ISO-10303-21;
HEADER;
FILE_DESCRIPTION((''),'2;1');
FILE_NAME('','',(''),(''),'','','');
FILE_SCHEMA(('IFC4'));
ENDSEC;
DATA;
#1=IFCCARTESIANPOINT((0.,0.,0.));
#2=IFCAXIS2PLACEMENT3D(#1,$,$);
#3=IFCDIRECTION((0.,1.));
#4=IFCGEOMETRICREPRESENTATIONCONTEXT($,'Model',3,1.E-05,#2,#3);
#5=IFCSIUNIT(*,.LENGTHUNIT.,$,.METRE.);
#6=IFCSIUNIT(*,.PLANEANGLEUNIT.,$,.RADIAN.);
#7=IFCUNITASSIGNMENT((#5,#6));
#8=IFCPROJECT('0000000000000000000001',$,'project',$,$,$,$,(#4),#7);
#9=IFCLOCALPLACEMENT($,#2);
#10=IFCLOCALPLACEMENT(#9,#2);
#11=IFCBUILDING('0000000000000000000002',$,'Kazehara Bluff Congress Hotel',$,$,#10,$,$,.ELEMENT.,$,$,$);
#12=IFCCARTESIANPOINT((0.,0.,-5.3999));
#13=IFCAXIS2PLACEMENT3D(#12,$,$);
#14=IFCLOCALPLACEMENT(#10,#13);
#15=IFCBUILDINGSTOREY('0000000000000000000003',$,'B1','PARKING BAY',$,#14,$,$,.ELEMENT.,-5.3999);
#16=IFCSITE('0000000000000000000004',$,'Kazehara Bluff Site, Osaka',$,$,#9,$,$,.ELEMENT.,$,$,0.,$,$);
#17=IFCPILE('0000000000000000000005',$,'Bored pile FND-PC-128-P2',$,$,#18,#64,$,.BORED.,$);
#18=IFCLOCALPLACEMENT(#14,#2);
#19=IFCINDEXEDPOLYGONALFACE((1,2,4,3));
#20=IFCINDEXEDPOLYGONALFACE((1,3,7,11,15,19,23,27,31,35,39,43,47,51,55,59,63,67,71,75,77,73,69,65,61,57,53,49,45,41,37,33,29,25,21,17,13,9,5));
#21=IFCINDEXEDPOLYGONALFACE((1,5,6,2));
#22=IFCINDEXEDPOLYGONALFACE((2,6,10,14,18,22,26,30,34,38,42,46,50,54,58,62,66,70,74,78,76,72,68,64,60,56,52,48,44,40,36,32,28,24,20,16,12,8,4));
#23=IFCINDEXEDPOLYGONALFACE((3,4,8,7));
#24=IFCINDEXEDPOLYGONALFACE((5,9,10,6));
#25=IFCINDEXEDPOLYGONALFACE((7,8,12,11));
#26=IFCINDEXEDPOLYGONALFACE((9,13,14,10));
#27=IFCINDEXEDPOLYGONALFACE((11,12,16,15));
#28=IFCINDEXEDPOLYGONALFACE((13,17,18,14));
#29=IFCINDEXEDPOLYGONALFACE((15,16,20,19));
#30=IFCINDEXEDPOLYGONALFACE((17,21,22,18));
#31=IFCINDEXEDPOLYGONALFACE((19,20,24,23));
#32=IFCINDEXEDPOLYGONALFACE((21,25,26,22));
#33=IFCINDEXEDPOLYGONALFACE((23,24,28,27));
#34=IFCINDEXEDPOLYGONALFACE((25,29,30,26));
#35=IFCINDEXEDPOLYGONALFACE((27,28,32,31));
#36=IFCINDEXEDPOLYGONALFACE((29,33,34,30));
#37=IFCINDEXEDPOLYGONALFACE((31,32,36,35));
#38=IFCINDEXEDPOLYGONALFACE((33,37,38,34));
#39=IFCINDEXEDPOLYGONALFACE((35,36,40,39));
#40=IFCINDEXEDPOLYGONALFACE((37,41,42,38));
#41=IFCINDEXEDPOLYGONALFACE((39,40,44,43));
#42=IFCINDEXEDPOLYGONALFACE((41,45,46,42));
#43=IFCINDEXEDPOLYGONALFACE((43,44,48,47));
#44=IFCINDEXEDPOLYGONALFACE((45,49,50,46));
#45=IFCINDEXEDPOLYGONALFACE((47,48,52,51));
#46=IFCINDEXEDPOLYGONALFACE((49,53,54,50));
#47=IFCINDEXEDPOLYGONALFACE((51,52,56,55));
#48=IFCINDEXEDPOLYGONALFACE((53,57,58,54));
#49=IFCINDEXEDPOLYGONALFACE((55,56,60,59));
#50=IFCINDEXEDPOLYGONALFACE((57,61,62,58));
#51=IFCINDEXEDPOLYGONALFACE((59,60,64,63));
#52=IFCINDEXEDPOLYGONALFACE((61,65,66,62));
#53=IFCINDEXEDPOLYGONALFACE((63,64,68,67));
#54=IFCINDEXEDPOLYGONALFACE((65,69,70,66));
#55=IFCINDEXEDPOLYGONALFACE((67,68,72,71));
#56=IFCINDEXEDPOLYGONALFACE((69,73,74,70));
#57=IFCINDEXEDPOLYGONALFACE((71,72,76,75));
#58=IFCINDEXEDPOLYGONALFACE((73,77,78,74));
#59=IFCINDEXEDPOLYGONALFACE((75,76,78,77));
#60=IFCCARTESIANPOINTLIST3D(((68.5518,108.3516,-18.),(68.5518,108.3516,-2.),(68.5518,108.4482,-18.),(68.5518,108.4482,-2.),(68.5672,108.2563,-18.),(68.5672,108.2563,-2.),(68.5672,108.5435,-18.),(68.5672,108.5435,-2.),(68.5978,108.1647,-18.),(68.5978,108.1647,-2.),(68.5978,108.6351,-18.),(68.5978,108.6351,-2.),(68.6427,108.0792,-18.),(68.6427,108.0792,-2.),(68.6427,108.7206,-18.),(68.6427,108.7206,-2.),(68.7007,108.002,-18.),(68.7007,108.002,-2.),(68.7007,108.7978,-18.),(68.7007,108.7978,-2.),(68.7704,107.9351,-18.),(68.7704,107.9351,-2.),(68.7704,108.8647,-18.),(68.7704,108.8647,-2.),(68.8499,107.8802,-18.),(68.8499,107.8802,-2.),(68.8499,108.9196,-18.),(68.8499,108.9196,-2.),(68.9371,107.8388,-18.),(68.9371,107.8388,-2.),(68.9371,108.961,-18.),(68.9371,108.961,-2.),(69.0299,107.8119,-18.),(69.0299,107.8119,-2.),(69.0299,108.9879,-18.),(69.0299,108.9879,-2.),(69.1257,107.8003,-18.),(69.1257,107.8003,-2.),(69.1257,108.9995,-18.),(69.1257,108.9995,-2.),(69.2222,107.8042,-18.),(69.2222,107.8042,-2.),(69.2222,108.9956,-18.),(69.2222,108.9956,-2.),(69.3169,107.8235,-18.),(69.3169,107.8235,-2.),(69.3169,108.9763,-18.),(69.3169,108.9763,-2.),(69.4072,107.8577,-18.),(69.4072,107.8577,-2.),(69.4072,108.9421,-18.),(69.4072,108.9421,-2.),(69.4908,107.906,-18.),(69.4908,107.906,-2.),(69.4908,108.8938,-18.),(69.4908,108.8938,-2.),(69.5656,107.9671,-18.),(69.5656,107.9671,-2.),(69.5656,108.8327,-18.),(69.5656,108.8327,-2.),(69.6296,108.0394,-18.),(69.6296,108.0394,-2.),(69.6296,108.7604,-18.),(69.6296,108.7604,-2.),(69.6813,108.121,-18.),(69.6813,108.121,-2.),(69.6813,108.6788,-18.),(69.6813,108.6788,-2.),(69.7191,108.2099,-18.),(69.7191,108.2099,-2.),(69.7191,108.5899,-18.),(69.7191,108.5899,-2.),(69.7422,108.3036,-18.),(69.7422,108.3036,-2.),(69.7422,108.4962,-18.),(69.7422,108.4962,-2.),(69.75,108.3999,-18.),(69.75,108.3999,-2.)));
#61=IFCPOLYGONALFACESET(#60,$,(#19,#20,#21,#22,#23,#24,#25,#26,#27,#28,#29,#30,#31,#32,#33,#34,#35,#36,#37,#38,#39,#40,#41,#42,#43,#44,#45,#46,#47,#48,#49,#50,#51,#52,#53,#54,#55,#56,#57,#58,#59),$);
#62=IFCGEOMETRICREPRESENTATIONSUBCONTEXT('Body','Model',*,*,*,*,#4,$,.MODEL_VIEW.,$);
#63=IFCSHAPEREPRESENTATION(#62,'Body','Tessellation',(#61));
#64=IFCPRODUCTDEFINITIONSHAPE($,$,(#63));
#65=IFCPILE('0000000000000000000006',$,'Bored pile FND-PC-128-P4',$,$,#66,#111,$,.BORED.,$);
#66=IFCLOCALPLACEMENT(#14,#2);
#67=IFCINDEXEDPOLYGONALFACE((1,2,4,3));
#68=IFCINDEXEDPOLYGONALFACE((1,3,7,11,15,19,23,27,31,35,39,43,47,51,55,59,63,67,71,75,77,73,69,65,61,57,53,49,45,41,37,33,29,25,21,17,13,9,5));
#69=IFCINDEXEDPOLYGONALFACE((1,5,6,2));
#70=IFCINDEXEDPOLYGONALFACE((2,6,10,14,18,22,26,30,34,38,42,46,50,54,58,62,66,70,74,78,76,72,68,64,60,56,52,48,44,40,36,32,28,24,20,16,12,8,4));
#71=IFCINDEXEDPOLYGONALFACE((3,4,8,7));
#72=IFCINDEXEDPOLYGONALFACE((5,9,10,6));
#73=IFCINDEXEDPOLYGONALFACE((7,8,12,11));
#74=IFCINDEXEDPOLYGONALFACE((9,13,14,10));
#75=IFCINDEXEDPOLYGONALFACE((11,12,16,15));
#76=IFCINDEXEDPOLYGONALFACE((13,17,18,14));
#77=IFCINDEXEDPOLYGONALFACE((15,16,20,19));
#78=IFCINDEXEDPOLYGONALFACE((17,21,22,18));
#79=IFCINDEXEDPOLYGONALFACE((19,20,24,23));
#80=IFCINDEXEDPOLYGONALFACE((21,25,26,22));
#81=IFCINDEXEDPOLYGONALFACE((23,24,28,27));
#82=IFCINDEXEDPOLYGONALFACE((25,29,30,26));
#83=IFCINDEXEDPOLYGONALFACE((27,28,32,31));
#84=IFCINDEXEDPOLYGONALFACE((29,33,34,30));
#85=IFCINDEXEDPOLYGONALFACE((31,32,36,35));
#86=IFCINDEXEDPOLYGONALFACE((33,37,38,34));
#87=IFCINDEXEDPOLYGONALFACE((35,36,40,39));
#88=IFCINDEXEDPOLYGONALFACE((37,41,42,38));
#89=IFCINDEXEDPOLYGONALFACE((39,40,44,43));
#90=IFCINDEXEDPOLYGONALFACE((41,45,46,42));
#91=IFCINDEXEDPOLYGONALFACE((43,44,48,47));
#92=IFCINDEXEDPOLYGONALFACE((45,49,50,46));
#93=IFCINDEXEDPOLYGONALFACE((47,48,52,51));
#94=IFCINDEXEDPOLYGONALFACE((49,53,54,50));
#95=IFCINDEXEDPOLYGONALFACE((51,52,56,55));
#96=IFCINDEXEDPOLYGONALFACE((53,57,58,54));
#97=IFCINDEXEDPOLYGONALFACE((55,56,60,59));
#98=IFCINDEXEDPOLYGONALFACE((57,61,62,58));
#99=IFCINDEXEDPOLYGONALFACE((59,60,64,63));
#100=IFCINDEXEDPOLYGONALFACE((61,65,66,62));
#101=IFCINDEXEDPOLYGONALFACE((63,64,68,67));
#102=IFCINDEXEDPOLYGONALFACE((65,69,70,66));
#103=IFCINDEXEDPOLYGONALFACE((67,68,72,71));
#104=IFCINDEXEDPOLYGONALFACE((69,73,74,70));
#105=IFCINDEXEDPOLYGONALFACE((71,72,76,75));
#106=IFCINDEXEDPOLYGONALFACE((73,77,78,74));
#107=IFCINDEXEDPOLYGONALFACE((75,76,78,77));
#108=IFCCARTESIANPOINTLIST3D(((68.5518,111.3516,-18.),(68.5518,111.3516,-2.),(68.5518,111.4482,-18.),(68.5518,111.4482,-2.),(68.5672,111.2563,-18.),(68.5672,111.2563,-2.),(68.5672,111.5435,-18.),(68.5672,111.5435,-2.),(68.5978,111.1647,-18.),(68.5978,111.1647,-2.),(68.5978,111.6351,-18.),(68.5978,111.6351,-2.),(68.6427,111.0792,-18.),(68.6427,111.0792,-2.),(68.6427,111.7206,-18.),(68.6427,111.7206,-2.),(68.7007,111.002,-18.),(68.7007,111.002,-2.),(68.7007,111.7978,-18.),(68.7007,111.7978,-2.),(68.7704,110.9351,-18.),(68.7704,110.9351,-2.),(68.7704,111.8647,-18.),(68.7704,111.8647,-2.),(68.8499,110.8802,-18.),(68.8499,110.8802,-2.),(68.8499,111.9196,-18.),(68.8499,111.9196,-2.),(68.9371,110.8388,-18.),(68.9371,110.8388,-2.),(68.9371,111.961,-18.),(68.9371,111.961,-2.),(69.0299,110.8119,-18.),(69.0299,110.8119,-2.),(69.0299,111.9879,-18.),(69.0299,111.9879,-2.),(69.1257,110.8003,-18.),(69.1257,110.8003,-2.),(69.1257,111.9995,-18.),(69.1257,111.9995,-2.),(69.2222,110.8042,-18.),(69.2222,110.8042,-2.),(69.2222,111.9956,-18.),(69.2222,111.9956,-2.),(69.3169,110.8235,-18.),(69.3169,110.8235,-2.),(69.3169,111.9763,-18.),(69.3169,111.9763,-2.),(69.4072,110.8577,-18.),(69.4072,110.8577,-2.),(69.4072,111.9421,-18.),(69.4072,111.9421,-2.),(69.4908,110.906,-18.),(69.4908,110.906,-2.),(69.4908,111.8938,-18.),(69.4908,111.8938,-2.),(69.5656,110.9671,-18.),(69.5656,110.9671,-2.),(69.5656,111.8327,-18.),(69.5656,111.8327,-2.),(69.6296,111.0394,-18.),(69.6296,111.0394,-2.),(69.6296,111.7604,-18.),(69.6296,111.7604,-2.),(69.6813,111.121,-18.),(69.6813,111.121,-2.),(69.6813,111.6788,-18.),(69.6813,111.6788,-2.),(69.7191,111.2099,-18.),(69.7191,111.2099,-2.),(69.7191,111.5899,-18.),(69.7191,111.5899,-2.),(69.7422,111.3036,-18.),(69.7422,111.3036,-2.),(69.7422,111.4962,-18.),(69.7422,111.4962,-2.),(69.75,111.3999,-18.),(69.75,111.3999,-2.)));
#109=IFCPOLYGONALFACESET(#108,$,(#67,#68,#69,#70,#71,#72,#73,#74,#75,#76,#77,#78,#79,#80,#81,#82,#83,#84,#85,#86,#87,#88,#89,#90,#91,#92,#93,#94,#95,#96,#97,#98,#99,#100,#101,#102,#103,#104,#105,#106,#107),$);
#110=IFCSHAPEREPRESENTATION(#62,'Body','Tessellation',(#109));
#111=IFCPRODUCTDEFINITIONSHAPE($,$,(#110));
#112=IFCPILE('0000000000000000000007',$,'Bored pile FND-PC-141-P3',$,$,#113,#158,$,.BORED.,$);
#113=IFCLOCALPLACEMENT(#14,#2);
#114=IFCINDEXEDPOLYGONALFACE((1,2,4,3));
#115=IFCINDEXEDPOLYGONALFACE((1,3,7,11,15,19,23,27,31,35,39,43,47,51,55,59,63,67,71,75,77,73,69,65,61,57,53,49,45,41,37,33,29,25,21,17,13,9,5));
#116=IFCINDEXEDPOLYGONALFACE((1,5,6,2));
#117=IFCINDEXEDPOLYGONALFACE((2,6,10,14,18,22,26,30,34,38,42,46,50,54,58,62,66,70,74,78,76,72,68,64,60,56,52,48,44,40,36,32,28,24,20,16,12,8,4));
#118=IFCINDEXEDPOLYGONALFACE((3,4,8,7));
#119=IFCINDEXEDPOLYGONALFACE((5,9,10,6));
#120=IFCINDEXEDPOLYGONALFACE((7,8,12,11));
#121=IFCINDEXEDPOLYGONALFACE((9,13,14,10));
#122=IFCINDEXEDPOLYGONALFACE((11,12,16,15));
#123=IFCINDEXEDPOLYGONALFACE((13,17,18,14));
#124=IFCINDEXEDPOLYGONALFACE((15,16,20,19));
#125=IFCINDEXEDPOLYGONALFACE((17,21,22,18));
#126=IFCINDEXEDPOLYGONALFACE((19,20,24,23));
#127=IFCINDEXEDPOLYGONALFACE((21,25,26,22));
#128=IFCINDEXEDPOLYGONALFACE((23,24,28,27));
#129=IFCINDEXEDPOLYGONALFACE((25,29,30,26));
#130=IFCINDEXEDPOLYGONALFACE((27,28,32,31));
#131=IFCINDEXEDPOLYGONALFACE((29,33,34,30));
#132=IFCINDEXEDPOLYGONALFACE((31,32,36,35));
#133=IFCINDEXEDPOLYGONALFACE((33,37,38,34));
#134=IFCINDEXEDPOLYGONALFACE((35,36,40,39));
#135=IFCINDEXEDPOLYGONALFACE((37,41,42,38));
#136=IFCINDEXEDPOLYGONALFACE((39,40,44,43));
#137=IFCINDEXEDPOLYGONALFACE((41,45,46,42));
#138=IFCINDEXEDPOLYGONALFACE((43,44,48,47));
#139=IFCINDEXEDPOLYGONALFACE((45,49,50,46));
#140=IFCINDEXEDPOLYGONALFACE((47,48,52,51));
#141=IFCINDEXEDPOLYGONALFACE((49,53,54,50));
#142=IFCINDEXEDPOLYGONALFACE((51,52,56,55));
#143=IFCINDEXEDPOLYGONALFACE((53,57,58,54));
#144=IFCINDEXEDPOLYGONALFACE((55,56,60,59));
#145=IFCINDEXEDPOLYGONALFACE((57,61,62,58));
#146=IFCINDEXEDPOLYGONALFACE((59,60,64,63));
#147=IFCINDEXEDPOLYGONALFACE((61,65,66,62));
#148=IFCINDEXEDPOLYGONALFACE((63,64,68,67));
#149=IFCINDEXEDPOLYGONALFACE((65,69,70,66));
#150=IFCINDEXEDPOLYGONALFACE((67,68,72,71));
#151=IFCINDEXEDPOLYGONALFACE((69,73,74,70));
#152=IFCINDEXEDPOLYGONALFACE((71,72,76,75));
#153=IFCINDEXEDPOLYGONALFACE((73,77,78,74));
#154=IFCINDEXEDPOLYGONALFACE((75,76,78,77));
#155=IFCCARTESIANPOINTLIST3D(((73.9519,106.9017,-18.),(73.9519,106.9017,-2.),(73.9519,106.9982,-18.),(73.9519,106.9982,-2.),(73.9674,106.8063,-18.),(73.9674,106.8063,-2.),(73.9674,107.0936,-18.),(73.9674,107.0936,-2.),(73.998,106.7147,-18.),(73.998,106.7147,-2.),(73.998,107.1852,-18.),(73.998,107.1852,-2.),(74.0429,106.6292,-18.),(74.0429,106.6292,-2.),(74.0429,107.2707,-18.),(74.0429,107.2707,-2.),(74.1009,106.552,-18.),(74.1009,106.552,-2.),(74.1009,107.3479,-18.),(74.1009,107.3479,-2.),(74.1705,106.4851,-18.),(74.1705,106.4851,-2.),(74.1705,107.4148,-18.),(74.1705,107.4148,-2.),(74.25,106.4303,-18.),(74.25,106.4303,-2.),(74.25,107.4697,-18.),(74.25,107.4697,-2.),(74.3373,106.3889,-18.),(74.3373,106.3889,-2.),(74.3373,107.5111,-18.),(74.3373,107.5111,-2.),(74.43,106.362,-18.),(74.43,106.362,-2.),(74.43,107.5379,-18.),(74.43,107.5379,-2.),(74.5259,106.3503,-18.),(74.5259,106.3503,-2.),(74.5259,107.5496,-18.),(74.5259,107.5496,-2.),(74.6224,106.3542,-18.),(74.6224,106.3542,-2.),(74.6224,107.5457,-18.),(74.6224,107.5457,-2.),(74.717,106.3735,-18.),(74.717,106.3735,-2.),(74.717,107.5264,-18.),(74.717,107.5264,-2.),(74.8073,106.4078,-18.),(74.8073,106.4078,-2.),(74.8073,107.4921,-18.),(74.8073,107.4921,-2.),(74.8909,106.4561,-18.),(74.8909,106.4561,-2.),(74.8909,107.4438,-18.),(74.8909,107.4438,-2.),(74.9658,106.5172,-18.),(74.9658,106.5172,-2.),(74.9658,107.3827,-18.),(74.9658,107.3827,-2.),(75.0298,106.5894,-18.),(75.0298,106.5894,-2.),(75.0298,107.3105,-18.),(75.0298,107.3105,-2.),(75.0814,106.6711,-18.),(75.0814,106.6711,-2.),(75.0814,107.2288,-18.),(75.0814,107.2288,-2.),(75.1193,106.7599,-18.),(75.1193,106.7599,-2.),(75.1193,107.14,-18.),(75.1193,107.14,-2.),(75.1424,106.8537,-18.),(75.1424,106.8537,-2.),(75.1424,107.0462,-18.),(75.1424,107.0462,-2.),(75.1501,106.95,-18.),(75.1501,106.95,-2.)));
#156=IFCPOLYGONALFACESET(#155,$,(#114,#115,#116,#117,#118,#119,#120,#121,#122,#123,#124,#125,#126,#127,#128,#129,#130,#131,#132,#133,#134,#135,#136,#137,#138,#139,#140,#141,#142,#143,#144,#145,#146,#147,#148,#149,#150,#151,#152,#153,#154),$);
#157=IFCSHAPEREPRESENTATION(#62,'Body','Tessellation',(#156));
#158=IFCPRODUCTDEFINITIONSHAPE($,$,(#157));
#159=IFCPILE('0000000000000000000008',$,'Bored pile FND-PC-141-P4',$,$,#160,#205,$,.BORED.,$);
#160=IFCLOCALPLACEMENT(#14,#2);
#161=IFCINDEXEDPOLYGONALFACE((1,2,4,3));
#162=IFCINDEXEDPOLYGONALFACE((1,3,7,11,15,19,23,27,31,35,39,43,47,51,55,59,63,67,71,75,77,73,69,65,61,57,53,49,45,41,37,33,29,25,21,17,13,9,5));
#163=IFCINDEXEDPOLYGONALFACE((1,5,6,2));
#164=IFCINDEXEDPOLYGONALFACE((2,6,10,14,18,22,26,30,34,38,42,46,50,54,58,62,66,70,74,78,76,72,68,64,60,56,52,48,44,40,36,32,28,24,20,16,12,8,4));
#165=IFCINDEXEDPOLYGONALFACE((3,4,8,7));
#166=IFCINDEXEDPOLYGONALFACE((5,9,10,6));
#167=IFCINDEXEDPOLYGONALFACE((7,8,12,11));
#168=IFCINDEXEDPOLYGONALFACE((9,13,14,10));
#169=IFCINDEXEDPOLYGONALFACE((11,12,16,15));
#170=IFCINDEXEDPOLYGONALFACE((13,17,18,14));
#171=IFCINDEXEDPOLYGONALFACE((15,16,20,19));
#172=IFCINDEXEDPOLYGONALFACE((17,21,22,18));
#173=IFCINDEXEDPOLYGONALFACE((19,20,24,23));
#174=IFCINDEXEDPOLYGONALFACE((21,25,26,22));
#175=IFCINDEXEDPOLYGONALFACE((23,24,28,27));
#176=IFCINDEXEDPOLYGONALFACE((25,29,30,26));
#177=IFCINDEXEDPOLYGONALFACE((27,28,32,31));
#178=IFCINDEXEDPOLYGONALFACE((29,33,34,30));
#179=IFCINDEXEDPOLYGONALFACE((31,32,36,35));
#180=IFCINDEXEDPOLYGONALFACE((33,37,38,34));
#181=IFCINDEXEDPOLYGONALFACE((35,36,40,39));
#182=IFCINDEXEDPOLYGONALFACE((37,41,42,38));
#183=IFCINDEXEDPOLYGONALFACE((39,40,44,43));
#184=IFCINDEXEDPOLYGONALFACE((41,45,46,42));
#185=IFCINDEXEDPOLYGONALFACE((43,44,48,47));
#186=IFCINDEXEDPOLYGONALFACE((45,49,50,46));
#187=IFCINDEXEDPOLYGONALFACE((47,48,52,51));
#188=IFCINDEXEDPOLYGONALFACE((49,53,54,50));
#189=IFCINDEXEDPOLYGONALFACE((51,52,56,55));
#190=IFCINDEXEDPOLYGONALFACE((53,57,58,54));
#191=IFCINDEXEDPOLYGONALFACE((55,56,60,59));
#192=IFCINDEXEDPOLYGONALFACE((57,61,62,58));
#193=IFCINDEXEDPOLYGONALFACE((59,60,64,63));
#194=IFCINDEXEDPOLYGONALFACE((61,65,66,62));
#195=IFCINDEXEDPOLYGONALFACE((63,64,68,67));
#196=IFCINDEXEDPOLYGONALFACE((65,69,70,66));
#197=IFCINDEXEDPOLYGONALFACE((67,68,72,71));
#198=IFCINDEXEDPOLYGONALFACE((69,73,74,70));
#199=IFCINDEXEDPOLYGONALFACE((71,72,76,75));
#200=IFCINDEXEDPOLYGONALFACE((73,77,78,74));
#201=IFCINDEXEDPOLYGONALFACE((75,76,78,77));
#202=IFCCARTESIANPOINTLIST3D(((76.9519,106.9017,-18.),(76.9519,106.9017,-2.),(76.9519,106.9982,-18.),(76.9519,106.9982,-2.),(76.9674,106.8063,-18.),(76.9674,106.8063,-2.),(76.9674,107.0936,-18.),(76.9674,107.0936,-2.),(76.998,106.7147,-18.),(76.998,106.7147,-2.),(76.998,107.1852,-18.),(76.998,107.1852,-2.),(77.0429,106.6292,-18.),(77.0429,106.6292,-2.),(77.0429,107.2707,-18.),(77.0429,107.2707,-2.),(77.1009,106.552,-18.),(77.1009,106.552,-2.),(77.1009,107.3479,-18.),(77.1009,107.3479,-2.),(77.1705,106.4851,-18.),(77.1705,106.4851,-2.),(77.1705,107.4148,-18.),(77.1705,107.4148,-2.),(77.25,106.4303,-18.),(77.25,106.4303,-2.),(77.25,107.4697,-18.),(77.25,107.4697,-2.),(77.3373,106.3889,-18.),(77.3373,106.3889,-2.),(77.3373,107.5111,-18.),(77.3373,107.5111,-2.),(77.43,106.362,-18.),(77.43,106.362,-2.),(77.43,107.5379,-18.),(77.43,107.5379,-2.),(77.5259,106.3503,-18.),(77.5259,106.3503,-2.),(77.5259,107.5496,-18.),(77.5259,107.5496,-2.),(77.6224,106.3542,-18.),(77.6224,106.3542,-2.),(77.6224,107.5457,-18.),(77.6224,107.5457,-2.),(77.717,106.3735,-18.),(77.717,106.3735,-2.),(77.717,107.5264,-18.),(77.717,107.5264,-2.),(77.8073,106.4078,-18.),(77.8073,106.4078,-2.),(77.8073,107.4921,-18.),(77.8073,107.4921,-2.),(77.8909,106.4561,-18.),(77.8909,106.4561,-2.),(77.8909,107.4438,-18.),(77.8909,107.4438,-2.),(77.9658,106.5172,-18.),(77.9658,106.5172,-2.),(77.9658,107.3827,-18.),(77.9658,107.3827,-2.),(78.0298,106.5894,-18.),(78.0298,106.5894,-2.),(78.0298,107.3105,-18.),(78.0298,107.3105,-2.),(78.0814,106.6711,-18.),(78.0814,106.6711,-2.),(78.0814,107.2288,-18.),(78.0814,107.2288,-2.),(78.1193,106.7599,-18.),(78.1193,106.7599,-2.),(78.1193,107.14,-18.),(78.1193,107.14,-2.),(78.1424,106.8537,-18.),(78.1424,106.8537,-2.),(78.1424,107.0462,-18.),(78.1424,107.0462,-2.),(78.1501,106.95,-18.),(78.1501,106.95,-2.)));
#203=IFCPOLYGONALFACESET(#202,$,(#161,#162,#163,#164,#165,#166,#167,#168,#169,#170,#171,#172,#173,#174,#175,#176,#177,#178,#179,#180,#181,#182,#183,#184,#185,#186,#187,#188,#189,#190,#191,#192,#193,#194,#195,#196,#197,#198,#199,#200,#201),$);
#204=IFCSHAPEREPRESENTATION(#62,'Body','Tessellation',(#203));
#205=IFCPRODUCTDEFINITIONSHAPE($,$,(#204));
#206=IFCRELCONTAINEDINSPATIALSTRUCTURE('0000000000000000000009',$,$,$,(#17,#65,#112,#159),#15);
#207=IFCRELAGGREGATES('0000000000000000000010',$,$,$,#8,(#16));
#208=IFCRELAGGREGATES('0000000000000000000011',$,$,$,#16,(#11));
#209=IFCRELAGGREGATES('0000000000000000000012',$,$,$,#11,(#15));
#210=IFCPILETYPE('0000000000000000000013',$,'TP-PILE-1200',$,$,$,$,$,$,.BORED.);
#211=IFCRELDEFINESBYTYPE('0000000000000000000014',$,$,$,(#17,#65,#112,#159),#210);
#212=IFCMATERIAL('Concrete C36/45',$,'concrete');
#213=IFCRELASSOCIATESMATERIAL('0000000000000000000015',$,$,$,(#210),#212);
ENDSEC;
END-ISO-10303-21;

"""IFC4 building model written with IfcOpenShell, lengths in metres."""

from ifc_helpers import new_model, si_unit, direction, frame, origin, origin_2d, place, context, subcontext, project, spatial, circle, extrude, material, material_profile, profile_set, type_object, element, save


model = new_model("IFC4")

# Units and contexts
model_context = context("Model", 3, precision=1e-05, world=origin(), true_north=direction((0.0, 1.0)))
body_context = subcontext(model_context, "Body", "Model", "MODEL_VIEW")
ifc_project = project(units=[si_unit("LENGTHUNIT", "METRE"), si_unit("PLANEANGLEUNIT", "RADIAN")], contexts=[model_context])

# Site, building, storey
site_placement = place(None, origin())
site = spatial("IfcSite", under=ifc_project, at=site_placement, Name="Kazehara Bluff Site, Osaka", CompositionType="ELEMENT", RefElevation=0.0)
building_placement = place(site_placement, origin())
building = spatial("IfcBuilding", under=site, at=building_placement, Name="Kazehara Bluff Congress Hotel", CompositionType="ELEMENT")
storey_placement = place(building_placement, frame((0.0, 0.0, -5.3999)))
storey = spatial("IfcBuildingStorey", under=building, at=storey_placement, Name="B1", Description="PARKING BAY", CompositionType="ELEMENT", Elevation=-5.3999)

# Piles
ifc_material_1 = material(Name="Concrete C36/45", Category="concrete")
ifc_material_profile_1 = material_profile(ifc_material_1, circle(Radius=0.6001, at=origin_2d()))
ifc_profile_set_1 = profile_set([ifc_material_profile_1], Name="Concrete C36/45")
pile_type = type_object("IfcPileType", Name="TP-PILE-1200", PredefinedType="BORED", material=ifc_profile_set_1)
for number, where, z_axis, x_axis, name in (
    (1, (69.1499, 108.3999, -2.0), (0.0, 0.0, -1.0), (1.0, 0.0, 0.0), "Bored pile FND-PC-128-P2"),
    (2, (69.1499, 111.3999, -2.0), (0.0, 0.0, -1.0), (1.0, 0.0, 0.0), "Bored pile FND-PC-128-P4"),
    (3, (74.55, 106.95, -2.0), (0.0, 0.0, -1.0), (1.0, 0.0, 0.0), "Bored pile FND-PC-141-P3"),
    (4, (77.55, 106.95, -2.0), (0.0, 0.0, -1.0), (1.0, 0.0, 0.0), "Bored pile FND-PC-141-P4"),
):
    element("IfcPile", number, at=place(storey_placement, frame(where, z_axis=z_axis, x_axis=x_axis)), inside=storey, type_object=pile_type, Name=name, PredefinedType="BORED", context=body_context, shape_type="SweptSolid", body=[
        extrude(circle(Radius=0.6001, at=origin_2d()), origin(), (0.0, 0.0, 1.0), 16.0),
    ])

save(model, "model.ifc")
